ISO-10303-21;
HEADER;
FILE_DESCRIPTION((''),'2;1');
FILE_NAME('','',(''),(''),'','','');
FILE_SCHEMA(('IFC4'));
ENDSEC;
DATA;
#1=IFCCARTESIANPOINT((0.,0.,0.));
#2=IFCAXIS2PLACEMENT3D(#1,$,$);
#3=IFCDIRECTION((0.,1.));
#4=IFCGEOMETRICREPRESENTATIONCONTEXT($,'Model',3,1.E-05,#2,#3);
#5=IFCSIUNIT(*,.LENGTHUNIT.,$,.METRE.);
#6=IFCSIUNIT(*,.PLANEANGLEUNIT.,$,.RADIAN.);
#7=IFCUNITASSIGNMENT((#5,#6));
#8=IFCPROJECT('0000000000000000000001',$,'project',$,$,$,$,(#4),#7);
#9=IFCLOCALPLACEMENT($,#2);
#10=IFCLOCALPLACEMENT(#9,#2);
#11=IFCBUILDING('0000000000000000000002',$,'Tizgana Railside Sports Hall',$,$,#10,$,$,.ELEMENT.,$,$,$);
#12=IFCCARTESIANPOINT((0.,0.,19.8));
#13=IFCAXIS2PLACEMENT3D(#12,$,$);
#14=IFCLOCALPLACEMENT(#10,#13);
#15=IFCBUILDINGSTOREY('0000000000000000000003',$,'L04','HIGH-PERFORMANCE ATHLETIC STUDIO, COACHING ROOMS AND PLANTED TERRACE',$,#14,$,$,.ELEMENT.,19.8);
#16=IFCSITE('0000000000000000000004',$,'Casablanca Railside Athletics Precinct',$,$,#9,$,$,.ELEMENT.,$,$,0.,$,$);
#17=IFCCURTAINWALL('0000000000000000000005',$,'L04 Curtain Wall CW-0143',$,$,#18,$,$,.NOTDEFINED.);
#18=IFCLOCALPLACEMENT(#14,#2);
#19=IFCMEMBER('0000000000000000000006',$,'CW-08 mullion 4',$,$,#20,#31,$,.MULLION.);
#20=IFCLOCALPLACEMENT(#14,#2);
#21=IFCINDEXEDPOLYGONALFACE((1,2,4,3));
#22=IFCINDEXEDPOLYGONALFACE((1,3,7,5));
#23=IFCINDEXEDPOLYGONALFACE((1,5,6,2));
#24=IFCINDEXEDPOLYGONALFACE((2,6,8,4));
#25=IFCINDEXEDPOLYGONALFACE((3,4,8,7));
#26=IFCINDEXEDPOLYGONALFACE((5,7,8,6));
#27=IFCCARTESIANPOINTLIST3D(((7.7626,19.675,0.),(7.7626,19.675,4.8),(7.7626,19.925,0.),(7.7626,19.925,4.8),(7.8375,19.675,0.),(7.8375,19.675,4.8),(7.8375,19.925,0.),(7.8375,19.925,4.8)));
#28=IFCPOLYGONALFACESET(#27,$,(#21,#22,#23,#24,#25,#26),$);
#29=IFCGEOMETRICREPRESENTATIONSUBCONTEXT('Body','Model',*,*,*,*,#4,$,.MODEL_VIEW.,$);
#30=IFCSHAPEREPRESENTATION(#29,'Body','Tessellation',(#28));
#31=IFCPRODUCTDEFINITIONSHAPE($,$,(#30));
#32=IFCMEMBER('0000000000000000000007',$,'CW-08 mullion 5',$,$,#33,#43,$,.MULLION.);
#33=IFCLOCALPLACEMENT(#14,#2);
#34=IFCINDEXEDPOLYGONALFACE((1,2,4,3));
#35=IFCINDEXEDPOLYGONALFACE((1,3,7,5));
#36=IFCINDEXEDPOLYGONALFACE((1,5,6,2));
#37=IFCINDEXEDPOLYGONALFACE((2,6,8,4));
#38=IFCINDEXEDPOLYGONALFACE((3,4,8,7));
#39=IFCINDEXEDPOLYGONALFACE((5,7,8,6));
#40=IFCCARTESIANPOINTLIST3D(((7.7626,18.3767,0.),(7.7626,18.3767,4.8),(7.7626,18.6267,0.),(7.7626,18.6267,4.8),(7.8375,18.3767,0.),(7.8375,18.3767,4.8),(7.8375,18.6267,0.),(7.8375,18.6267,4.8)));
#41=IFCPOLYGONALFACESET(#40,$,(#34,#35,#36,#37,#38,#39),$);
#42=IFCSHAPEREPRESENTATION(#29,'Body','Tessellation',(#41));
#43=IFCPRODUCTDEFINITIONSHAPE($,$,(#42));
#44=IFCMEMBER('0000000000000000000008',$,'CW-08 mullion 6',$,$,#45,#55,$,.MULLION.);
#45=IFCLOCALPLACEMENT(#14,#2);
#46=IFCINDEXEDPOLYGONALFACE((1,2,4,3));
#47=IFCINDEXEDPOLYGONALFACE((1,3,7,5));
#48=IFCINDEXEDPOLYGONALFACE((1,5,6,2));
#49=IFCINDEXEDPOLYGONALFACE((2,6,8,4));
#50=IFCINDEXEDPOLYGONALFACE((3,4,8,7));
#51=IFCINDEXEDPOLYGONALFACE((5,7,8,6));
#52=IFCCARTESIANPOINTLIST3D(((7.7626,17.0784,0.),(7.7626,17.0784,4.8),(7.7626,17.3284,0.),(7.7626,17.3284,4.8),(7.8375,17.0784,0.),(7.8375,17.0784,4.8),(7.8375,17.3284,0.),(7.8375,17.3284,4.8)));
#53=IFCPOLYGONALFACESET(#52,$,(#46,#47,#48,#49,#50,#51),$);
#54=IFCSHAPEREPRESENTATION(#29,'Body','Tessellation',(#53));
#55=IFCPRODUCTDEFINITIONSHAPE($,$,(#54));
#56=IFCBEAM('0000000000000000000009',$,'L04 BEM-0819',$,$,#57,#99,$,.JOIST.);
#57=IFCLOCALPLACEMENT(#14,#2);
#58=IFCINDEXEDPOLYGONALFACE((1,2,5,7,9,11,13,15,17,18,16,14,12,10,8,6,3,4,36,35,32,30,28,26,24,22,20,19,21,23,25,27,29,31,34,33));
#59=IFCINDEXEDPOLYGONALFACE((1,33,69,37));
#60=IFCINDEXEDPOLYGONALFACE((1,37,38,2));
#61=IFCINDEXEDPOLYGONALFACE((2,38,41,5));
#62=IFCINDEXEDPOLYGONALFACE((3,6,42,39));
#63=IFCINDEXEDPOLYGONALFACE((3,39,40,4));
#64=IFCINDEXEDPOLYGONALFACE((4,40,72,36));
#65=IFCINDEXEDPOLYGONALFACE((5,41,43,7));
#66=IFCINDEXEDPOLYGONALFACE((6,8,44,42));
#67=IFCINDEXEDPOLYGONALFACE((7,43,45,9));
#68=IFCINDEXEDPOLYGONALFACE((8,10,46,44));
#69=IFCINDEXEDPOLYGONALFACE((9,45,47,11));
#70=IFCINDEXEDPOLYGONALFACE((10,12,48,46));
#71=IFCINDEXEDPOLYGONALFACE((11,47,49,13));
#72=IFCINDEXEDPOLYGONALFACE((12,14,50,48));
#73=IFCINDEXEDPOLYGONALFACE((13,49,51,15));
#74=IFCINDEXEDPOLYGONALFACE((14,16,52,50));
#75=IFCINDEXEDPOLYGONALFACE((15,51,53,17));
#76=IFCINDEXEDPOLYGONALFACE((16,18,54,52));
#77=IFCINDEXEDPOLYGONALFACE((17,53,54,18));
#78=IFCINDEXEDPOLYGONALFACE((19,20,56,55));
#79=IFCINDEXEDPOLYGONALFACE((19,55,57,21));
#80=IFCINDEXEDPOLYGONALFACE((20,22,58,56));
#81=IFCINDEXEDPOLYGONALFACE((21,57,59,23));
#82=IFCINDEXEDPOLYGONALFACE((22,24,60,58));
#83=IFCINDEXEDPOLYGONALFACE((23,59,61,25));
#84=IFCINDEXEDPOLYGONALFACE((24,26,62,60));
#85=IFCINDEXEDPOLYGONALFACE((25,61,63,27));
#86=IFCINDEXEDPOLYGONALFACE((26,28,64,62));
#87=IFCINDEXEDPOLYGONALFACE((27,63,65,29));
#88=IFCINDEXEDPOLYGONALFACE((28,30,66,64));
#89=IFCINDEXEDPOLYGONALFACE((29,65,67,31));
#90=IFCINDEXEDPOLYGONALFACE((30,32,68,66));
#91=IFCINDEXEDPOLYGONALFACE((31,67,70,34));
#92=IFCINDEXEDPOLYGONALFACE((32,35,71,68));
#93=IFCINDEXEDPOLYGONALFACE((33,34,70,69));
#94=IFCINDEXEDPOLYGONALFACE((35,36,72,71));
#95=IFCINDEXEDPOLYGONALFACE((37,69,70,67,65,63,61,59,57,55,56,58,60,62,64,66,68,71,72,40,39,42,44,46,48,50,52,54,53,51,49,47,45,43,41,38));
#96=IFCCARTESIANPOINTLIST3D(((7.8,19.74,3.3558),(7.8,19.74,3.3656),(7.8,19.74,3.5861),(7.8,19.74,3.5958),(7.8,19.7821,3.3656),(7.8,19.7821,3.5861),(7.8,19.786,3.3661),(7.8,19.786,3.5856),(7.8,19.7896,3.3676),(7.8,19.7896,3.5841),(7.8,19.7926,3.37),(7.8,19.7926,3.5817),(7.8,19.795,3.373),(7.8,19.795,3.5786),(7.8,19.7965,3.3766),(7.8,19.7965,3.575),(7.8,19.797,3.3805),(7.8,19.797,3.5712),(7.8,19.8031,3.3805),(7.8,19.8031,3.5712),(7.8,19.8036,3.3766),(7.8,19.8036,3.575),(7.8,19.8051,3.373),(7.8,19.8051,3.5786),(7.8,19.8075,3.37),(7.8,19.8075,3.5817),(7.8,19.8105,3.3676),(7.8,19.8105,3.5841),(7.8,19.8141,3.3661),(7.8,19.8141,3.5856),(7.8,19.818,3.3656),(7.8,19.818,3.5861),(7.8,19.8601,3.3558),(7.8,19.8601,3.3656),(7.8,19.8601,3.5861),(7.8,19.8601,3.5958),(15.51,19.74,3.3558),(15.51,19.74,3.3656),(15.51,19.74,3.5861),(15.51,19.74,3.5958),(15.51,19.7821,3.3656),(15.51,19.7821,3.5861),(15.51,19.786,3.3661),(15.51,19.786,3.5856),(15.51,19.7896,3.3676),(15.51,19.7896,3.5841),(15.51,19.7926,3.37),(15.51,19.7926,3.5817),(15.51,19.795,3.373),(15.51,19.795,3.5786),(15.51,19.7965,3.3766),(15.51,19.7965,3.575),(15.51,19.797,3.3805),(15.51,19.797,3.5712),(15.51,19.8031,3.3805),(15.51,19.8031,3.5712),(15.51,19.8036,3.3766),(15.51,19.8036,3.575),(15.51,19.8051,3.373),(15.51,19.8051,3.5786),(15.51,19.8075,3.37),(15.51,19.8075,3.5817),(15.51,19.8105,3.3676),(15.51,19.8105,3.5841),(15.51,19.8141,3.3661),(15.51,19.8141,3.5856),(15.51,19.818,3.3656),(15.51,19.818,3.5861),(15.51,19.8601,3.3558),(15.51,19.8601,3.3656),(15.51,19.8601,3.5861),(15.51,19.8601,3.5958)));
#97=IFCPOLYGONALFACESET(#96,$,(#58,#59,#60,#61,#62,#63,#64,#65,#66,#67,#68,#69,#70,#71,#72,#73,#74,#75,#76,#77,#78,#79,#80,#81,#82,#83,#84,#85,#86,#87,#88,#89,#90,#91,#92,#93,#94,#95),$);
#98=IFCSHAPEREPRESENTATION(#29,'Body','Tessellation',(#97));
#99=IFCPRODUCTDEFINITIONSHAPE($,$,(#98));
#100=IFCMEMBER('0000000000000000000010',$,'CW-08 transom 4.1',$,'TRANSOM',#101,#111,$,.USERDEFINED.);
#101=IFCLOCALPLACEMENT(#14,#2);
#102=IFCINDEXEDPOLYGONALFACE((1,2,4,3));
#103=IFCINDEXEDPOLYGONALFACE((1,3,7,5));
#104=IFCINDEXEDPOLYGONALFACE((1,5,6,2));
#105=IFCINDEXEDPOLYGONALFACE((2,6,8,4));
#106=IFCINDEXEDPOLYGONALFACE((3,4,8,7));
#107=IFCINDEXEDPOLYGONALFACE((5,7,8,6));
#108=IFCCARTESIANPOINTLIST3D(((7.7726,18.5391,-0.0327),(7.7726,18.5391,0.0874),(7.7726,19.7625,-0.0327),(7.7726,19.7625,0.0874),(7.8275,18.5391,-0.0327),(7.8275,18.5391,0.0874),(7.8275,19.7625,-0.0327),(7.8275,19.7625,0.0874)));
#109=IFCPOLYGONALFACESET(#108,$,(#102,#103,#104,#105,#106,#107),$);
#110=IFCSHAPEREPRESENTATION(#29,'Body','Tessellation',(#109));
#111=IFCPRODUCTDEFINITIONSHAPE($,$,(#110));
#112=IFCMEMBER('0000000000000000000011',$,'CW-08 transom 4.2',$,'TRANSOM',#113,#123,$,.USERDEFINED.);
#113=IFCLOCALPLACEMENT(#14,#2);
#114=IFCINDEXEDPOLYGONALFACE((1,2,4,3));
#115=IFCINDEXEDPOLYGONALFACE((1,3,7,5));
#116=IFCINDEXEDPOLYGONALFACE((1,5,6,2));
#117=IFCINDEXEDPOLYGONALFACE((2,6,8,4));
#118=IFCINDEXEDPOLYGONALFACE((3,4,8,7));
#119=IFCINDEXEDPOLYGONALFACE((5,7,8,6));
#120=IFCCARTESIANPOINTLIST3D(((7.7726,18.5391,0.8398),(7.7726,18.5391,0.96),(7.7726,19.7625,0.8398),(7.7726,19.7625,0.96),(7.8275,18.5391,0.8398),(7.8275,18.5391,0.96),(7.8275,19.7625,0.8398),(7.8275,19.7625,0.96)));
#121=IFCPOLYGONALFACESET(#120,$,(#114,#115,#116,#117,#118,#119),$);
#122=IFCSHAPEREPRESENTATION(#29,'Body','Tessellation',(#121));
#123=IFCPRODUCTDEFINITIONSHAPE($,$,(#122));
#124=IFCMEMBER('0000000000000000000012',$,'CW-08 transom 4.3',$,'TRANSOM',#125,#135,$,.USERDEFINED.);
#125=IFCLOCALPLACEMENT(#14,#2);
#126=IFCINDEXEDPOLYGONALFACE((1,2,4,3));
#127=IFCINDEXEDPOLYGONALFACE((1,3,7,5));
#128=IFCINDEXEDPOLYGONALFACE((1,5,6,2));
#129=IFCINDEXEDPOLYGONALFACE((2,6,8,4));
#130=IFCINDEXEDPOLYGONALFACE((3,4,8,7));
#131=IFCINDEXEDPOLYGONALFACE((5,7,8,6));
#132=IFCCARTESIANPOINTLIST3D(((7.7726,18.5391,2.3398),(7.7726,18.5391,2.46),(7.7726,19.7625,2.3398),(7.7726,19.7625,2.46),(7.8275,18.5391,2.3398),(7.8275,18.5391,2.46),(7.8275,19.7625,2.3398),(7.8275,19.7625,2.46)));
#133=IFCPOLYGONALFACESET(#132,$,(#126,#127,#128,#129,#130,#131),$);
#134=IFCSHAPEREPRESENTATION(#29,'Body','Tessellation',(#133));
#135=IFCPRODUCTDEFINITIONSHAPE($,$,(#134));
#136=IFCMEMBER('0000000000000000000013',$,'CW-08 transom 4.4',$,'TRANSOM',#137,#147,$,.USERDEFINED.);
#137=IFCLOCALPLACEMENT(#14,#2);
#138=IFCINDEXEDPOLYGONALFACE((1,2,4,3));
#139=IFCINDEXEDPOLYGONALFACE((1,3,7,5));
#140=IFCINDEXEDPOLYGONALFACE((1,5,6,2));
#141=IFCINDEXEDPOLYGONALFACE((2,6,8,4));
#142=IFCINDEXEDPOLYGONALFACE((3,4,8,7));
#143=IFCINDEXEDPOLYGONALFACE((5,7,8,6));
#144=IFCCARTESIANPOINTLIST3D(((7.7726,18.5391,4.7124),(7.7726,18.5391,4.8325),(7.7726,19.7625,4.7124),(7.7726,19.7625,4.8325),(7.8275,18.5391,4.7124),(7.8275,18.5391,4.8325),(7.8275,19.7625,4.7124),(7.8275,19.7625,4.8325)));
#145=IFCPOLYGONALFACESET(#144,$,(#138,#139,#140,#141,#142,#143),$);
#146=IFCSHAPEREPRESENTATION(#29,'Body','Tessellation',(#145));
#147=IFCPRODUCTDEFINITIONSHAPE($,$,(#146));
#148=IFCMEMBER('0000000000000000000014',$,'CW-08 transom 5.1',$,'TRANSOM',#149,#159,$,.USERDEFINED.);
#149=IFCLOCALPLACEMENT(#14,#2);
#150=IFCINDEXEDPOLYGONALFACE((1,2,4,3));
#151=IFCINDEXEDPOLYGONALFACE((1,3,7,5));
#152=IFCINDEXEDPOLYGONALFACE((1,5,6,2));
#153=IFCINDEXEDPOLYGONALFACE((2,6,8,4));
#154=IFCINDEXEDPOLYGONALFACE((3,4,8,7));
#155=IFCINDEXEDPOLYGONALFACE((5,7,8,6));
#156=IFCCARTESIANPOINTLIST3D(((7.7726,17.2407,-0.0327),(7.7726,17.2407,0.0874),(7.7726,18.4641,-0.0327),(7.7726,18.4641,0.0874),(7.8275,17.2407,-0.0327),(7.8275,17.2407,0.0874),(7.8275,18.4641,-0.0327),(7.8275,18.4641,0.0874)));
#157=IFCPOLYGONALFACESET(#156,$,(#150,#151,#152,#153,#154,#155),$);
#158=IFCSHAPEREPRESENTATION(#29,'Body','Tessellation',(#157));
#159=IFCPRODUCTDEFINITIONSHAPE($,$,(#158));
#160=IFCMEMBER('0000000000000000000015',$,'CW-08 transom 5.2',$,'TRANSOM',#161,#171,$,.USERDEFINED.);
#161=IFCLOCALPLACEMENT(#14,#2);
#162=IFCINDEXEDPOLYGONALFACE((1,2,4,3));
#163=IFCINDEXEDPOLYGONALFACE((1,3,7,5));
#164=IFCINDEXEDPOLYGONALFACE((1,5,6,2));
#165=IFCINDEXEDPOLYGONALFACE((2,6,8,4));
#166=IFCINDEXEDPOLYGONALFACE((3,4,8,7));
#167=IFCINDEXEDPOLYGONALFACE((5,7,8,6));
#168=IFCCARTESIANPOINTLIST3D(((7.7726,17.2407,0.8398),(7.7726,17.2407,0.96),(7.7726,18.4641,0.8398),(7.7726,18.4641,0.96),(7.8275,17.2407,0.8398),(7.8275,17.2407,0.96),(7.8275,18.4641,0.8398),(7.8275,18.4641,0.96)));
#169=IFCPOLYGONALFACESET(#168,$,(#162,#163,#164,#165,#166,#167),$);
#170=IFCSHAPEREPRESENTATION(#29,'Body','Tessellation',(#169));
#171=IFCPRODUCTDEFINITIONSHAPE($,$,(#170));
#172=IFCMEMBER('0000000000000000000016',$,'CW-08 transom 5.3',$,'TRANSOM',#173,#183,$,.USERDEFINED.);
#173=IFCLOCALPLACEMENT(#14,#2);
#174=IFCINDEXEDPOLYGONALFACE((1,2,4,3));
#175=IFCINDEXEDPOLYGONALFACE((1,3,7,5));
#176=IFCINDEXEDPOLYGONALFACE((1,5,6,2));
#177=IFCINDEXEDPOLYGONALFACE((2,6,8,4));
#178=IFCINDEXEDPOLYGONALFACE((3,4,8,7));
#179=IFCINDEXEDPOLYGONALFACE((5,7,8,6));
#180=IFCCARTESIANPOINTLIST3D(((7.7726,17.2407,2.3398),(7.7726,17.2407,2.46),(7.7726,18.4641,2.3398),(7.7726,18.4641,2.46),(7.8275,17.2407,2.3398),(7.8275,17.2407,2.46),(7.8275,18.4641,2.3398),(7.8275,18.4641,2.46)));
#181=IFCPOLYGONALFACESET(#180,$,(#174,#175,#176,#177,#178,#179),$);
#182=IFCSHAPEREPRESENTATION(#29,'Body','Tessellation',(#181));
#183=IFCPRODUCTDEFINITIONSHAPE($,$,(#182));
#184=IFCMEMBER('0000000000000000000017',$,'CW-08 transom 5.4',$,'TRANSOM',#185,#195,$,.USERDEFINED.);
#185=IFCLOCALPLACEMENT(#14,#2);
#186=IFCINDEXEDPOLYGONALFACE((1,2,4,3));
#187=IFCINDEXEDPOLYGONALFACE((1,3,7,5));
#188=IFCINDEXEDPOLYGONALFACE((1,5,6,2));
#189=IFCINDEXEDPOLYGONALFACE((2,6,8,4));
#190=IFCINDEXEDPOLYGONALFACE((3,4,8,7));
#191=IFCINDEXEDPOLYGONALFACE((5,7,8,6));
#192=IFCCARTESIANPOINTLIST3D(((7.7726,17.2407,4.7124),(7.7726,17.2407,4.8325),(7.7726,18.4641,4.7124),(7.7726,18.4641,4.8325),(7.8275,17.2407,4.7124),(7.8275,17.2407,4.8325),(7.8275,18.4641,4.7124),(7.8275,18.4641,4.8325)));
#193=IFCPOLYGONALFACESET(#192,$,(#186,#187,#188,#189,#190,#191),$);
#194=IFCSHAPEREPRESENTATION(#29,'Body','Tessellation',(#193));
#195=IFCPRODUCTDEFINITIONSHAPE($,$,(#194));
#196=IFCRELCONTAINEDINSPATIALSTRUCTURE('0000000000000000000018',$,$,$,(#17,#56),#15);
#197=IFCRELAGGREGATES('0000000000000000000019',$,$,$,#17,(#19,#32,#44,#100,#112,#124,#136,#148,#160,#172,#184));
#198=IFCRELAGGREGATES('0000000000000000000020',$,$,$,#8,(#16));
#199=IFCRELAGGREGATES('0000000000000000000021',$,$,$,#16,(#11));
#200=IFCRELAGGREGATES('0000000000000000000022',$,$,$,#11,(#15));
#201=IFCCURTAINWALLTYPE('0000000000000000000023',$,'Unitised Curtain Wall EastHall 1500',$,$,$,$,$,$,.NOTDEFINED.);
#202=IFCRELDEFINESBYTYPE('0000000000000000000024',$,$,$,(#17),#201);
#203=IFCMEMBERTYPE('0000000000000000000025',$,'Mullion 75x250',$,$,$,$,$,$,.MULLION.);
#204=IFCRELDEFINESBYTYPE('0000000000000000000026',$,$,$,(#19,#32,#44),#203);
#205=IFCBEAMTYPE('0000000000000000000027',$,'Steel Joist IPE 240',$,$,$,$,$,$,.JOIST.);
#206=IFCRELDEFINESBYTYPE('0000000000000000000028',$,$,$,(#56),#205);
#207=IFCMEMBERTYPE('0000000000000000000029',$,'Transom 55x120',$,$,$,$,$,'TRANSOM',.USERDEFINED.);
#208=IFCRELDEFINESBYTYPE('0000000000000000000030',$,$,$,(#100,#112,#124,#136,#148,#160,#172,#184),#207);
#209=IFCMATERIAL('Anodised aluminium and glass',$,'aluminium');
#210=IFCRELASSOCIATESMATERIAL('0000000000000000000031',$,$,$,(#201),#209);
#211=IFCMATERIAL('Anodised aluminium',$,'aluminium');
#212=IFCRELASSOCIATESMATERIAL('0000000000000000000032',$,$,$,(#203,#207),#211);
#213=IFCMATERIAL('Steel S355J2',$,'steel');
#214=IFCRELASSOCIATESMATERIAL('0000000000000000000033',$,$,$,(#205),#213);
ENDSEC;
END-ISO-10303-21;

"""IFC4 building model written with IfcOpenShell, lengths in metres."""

from ifc_helpers import new_model, si_unit, direction, frame, origin, origin_2d, place, context, subcontext, project, spatial, rectangle, i_section, extrude, material, material_profile, profile_set, type_object, element, aggregate, save


model = new_model("IFC4")

# Units and contexts
model_context = context("Model", 3, precision=1e-05, world=origin(), true_north=direction((0.0, 1.0)))
body_context = subcontext(model_context, "Body", "Model", "MODEL_VIEW")
ifc_project = project(units=[si_unit("LENGTHUNIT", "METRE"), si_unit("PLANEANGLEUNIT", "RADIAN")], contexts=[model_context])

# Site, building, storey
site_placement = place(None, origin())
site = spatial("IfcSite", under=ifc_project, at=site_placement, Name="Casablanca Railside Athletics Precinct", CompositionType="ELEMENT", RefElevation=0.0)
building_placement = place(site_placement, origin())
building = spatial("IfcBuilding", under=site, at=building_placement, Name="Tizgana Railside Sports Hall", CompositionType="ELEMENT")
storey_placement = place(building_placement, frame((0.0, 0.0, 19.8)))
storey = spatial("IfcBuildingStorey", under=building, at=storey_placement, Name="L04", Description="HIGH-PERFORMANCE ATHLETIC STUDIO, COACHING ROOMS AND PLANTED TERRACE", CompositionType="ELEMENT", Elevation=19.8)

# Curtain wall, members
ifc_material_1 = material(Name="Anodised aluminium and glass", Category="aluminium")
curtain_wall_type = type_object("IfcCurtainWallType", Name="Unitised Curtain Wall EastHall 1500", PredefinedType="NOTDEFINED", material=ifc_material_1)
curtain_wall_placement = place(storey_placement, origin())
curtain_wall = element("IfcCurtainWall", 1, at=curtain_wall_placement, inside=storey, type_object=curtain_wall_type, Name="L04 Curtain Wall CW-0143", PredefinedType="NOTDEFINED")
ifc_material_2 = material(Name="Anodised aluminium", Category="aluminium")
ifc_material_profile_1 = material_profile(ifc_material_2, rectangle(XDim=0.075, YDim=0.25, at=origin_2d()), Name="Mullion 75x250")
ifc_profile_set_1 = profile_set([ifc_material_profile_1], Name="Anodised aluminium")
member_type_1 = type_object("IfcMemberType", Name="Mullion 75x250", PredefinedType="MULLION", material=ifc_profile_set_1)
member_1_placement = place(storey_placement, frame((7.8, 19.8, 0.0), z_axis=(0.0, 0.0, 1.0), x_axis=(1.0, 0.0, 0.0)))
member_1 = element("IfcMember", 2, at=member_1_placement, type_object=member_type_1, Name="CW-08 mullion 4", PredefinedType="MULLION", context=body_context, shape_type="SweptSolid", body=[
    extrude(rectangle(XDim=0.075, YDim=0.25, at=origin_2d()), origin(), (0.0, 0.0, 1.0), 4.8),
])
member_2_placement = place(storey_placement, frame((7.8, 18.5017, 0.0), z_axis=(0.0, 0.0, 1.0), x_axis=(1.0, 0.0, 0.0)))
member_2 = element("IfcMember", 3, at=member_2_placement, type_object=member_type_1, Name="CW-08 mullion 5", PredefinedType="MULLION", context=body_context, shape_type="SweptSolid", body=[
    extrude(rectangle(XDim=0.075, YDim=0.25, at=origin_2d()), origin(), (0.0, 0.0, 1.0), 4.8),
])
member_3_placement = place(storey_placement, frame((7.8, 17.2034, 0.0), z_axis=(0.0, 0.0, 1.0), x_axis=(1.0, 0.0, 0.0)))
member_3 = element("IfcMember", 4, at=member_3_placement, type_object=member_type_1, Name="CW-08 mullion 6", PredefinedType="MULLION", context=body_context, shape_type="SweptSolid", body=[
    extrude(rectangle(XDim=0.075, YDim=0.25, at=origin_2d()), origin(), (0.0, 0.0, 1.0), 4.8),
])

# Beam
ifc_material_3 = material(Name="Steel S355J2", Category="steel")
ifc_material_profile_2 = material_profile(ifc_material_3, i_section(OverallWidth=0.1201, OverallDepth=0.24, WebThickness=0.0061, FlangeThickness=0.0098, FilletRadius=0.0149, at=origin_2d()), Name="IPE 240")
ifc_profile_set_2 = profile_set([ifc_material_profile_2], Name="Steel S355J2")
beam_type = type_object("IfcBeamType", Name="Steel Joist IPE 240", PredefinedType="JOIST", material=ifc_profile_set_2)
beam_placement = place(storey_placement, frame((7.8, 19.8, 3.4758), z_axis=(1.0, 0.0, 0.0), x_axis=(0.0, 1.0, 0.0)))
element("IfcBeam", 5, at=beam_placement, inside=storey, type_object=beam_type, Name="L04 BEM-0819", PredefinedType="JOIST", context=body_context, shape_type="SweptSolid", body=[
    extrude(i_section(OverallWidth=0.1201, OverallDepth=0.24, WebThickness=0.0061, FlangeThickness=0.0098, FilletRadius=0.0149, at=origin_2d()), origin(), (0.0, 0.0, 1.0), 7.71),
])

# Members
ifc_material_profile_3 = material_profile(ifc_material_2, rectangle(XDim=0.0549, YDim=0.1201, at=origin_2d()), Name="Transom 55x120")
ifc_profile_set_3 = profile_set([ifc_material_profile_3], Name="Anodised aluminium")
member_type_2 = type_object("IfcMemberType", Name="Transom 55x120", ElementType="TRANSOM", PredefinedType="USERDEFINED", material=ifc_profile_set_3)
member_4_placement = place(storey_placement, frame((7.8, 19.7625, 0.0273), z_axis=(0.0, -1.0, 0.0), x_axis=(1.0, 0.0, 0.0)))
member_4 = element("IfcMember", 6, at=member_4_placement, type_object=member_type_2, Name="CW-08 transom 4.1", ObjectType="TRANSOM", PredefinedType="USERDEFINED", context=body_context, shape_type="SweptSolid", body=[
    extrude(rectangle(XDim=0.0549, YDim=0.1201, at=origin_2d()), origin(), (0.0, 0.0, 1.0), 1.2234),
])
member_5_placement = place(storey_placement, frame((7.8, 19.7625, 0.8999), z_axis=(0.0, -1.0, 0.0), x_axis=(1.0, 0.0, 0.0)))
member_5 = element("IfcMember", 7, at=member_5_placement, type_object=member_type_2, Name="CW-08 transom 4.2", ObjectType="TRANSOM", PredefinedType="USERDEFINED", context=body_context, shape_type="SweptSolid", body=[
    extrude(rectangle(XDim=0.0549, YDim=0.1201, at=origin_2d()), origin(), (0.0, 0.0, 1.0), 1.2234),
])
member_6_placement = place(storey_placement, frame((7.8, 19.7625, 2.3999), z_axis=(0.0, -1.0, 0.0), x_axis=(1.0, 0.0, 0.0)))
member_6 = element("IfcMember", 8, at=member_6_placement, type_object=member_type_2, Name="CW-08 transom 4.3", ObjectType="TRANSOM", PredefinedType="USERDEFINED", context=body_context, shape_type="SweptSolid", body=[
    extrude(rectangle(XDim=0.0549, YDim=0.1201, at=origin_2d()), origin(), (0.0, 0.0, 1.0), 1.2234),
])
member_7_placement = place(storey_placement, frame((7.8, 19.7625, 4.7725), z_axis=(0.0, -1.0, 0.0), x_axis=(1.0, 0.0, 0.0)))
member_7 = element("IfcMember", 9, at=member_7_placement, type_object=member_type_2, Name="CW-08 transom 4.4", ObjectType="TRANSOM", PredefinedType="USERDEFINED", context=body_context, shape_type="SweptSolid", body=[
    extrude(rectangle(XDim=0.0549, YDim=0.1201, at=origin_2d()), origin(), (0.0, 0.0, 1.0), 1.2234),
])
member_8_placement = place(storey_placement, frame((7.8, 18.4641, 0.0273), z_axis=(0.0, -1.0, 0.0), x_axis=(1.0, 0.0, 0.0)))
member_8 = element("IfcMember", 10, at=member_8_placement, type_object=member_type_2, Name="CW-08 transom 5.1", ObjectType="TRANSOM", PredefinedType="USERDEFINED", context=body_context, shape_type="SweptSolid", body=[
    extrude(rectangle(XDim=0.0549, YDim=0.1201, at=origin_2d()), origin(), (0.0, 0.0, 1.0), 1.2234),
])
member_9_placement = place(storey_placement, frame((7.8, 18.4641, 0.8999), z_axis=(0.0, -1.0, 0.0), x_axis=(1.0, 0.0, 0.0)))
member_9 = element("IfcMember", 11, at=member_9_placement, type_object=member_type_2, Name="CW-08 transom 5.2", ObjectType="TRANSOM", PredefinedType="USERDEFINED", context=body_context, shape_type="SweptSolid", body=[
    extrude(rectangle(XDim=0.0549, YDim=0.1201, at=origin_2d()), origin(), (0.0, 0.0, 1.0), 1.2234),
])
member_10_placement = place(storey_placement, frame((7.8, 18.4641, 2.3999), z_axis=(0.0, -1.0, 0.0), x_axis=(1.0, 0.0, 0.0)))
member_10 = element("IfcMember", 12, at=member_10_placement, type_object=member_type_2, Name="CW-08 transom 5.3", ObjectType="TRANSOM", PredefinedType="USERDEFINED", context=body_context, shape_type="SweptSolid", body=[
    extrude(rectangle(XDim=0.0549, YDim=0.1201, at=origin_2d()), origin(), (0.0, 0.0, 1.0), 1.2234),
])
member_11_placement = place(storey_placement, frame((7.8, 18.4641, 4.7725), z_axis=(0.0, -1.0, 0.0), x_axis=(1.0, 0.0, 0.0)))
member_11 = element("IfcMember", 13, at=member_11_placement, type_object=member_type_2, Name="CW-08 transom 5.4", ObjectType="TRANSOM", PredefinedType="USERDEFINED", context=body_context, shape_type="SweptSolid", body=[
    extrude(rectangle(XDim=0.0549, YDim=0.1201, at=origin_2d()), origin(), (0.0, 0.0, 1.0), 1.2234),
])

aggregate(curtain_wall, [member_1, member_2, member_3, member_4, member_5, member_6, member_7, member_8, member_9, member_10, member_11])

save(model, "model.ifc")
